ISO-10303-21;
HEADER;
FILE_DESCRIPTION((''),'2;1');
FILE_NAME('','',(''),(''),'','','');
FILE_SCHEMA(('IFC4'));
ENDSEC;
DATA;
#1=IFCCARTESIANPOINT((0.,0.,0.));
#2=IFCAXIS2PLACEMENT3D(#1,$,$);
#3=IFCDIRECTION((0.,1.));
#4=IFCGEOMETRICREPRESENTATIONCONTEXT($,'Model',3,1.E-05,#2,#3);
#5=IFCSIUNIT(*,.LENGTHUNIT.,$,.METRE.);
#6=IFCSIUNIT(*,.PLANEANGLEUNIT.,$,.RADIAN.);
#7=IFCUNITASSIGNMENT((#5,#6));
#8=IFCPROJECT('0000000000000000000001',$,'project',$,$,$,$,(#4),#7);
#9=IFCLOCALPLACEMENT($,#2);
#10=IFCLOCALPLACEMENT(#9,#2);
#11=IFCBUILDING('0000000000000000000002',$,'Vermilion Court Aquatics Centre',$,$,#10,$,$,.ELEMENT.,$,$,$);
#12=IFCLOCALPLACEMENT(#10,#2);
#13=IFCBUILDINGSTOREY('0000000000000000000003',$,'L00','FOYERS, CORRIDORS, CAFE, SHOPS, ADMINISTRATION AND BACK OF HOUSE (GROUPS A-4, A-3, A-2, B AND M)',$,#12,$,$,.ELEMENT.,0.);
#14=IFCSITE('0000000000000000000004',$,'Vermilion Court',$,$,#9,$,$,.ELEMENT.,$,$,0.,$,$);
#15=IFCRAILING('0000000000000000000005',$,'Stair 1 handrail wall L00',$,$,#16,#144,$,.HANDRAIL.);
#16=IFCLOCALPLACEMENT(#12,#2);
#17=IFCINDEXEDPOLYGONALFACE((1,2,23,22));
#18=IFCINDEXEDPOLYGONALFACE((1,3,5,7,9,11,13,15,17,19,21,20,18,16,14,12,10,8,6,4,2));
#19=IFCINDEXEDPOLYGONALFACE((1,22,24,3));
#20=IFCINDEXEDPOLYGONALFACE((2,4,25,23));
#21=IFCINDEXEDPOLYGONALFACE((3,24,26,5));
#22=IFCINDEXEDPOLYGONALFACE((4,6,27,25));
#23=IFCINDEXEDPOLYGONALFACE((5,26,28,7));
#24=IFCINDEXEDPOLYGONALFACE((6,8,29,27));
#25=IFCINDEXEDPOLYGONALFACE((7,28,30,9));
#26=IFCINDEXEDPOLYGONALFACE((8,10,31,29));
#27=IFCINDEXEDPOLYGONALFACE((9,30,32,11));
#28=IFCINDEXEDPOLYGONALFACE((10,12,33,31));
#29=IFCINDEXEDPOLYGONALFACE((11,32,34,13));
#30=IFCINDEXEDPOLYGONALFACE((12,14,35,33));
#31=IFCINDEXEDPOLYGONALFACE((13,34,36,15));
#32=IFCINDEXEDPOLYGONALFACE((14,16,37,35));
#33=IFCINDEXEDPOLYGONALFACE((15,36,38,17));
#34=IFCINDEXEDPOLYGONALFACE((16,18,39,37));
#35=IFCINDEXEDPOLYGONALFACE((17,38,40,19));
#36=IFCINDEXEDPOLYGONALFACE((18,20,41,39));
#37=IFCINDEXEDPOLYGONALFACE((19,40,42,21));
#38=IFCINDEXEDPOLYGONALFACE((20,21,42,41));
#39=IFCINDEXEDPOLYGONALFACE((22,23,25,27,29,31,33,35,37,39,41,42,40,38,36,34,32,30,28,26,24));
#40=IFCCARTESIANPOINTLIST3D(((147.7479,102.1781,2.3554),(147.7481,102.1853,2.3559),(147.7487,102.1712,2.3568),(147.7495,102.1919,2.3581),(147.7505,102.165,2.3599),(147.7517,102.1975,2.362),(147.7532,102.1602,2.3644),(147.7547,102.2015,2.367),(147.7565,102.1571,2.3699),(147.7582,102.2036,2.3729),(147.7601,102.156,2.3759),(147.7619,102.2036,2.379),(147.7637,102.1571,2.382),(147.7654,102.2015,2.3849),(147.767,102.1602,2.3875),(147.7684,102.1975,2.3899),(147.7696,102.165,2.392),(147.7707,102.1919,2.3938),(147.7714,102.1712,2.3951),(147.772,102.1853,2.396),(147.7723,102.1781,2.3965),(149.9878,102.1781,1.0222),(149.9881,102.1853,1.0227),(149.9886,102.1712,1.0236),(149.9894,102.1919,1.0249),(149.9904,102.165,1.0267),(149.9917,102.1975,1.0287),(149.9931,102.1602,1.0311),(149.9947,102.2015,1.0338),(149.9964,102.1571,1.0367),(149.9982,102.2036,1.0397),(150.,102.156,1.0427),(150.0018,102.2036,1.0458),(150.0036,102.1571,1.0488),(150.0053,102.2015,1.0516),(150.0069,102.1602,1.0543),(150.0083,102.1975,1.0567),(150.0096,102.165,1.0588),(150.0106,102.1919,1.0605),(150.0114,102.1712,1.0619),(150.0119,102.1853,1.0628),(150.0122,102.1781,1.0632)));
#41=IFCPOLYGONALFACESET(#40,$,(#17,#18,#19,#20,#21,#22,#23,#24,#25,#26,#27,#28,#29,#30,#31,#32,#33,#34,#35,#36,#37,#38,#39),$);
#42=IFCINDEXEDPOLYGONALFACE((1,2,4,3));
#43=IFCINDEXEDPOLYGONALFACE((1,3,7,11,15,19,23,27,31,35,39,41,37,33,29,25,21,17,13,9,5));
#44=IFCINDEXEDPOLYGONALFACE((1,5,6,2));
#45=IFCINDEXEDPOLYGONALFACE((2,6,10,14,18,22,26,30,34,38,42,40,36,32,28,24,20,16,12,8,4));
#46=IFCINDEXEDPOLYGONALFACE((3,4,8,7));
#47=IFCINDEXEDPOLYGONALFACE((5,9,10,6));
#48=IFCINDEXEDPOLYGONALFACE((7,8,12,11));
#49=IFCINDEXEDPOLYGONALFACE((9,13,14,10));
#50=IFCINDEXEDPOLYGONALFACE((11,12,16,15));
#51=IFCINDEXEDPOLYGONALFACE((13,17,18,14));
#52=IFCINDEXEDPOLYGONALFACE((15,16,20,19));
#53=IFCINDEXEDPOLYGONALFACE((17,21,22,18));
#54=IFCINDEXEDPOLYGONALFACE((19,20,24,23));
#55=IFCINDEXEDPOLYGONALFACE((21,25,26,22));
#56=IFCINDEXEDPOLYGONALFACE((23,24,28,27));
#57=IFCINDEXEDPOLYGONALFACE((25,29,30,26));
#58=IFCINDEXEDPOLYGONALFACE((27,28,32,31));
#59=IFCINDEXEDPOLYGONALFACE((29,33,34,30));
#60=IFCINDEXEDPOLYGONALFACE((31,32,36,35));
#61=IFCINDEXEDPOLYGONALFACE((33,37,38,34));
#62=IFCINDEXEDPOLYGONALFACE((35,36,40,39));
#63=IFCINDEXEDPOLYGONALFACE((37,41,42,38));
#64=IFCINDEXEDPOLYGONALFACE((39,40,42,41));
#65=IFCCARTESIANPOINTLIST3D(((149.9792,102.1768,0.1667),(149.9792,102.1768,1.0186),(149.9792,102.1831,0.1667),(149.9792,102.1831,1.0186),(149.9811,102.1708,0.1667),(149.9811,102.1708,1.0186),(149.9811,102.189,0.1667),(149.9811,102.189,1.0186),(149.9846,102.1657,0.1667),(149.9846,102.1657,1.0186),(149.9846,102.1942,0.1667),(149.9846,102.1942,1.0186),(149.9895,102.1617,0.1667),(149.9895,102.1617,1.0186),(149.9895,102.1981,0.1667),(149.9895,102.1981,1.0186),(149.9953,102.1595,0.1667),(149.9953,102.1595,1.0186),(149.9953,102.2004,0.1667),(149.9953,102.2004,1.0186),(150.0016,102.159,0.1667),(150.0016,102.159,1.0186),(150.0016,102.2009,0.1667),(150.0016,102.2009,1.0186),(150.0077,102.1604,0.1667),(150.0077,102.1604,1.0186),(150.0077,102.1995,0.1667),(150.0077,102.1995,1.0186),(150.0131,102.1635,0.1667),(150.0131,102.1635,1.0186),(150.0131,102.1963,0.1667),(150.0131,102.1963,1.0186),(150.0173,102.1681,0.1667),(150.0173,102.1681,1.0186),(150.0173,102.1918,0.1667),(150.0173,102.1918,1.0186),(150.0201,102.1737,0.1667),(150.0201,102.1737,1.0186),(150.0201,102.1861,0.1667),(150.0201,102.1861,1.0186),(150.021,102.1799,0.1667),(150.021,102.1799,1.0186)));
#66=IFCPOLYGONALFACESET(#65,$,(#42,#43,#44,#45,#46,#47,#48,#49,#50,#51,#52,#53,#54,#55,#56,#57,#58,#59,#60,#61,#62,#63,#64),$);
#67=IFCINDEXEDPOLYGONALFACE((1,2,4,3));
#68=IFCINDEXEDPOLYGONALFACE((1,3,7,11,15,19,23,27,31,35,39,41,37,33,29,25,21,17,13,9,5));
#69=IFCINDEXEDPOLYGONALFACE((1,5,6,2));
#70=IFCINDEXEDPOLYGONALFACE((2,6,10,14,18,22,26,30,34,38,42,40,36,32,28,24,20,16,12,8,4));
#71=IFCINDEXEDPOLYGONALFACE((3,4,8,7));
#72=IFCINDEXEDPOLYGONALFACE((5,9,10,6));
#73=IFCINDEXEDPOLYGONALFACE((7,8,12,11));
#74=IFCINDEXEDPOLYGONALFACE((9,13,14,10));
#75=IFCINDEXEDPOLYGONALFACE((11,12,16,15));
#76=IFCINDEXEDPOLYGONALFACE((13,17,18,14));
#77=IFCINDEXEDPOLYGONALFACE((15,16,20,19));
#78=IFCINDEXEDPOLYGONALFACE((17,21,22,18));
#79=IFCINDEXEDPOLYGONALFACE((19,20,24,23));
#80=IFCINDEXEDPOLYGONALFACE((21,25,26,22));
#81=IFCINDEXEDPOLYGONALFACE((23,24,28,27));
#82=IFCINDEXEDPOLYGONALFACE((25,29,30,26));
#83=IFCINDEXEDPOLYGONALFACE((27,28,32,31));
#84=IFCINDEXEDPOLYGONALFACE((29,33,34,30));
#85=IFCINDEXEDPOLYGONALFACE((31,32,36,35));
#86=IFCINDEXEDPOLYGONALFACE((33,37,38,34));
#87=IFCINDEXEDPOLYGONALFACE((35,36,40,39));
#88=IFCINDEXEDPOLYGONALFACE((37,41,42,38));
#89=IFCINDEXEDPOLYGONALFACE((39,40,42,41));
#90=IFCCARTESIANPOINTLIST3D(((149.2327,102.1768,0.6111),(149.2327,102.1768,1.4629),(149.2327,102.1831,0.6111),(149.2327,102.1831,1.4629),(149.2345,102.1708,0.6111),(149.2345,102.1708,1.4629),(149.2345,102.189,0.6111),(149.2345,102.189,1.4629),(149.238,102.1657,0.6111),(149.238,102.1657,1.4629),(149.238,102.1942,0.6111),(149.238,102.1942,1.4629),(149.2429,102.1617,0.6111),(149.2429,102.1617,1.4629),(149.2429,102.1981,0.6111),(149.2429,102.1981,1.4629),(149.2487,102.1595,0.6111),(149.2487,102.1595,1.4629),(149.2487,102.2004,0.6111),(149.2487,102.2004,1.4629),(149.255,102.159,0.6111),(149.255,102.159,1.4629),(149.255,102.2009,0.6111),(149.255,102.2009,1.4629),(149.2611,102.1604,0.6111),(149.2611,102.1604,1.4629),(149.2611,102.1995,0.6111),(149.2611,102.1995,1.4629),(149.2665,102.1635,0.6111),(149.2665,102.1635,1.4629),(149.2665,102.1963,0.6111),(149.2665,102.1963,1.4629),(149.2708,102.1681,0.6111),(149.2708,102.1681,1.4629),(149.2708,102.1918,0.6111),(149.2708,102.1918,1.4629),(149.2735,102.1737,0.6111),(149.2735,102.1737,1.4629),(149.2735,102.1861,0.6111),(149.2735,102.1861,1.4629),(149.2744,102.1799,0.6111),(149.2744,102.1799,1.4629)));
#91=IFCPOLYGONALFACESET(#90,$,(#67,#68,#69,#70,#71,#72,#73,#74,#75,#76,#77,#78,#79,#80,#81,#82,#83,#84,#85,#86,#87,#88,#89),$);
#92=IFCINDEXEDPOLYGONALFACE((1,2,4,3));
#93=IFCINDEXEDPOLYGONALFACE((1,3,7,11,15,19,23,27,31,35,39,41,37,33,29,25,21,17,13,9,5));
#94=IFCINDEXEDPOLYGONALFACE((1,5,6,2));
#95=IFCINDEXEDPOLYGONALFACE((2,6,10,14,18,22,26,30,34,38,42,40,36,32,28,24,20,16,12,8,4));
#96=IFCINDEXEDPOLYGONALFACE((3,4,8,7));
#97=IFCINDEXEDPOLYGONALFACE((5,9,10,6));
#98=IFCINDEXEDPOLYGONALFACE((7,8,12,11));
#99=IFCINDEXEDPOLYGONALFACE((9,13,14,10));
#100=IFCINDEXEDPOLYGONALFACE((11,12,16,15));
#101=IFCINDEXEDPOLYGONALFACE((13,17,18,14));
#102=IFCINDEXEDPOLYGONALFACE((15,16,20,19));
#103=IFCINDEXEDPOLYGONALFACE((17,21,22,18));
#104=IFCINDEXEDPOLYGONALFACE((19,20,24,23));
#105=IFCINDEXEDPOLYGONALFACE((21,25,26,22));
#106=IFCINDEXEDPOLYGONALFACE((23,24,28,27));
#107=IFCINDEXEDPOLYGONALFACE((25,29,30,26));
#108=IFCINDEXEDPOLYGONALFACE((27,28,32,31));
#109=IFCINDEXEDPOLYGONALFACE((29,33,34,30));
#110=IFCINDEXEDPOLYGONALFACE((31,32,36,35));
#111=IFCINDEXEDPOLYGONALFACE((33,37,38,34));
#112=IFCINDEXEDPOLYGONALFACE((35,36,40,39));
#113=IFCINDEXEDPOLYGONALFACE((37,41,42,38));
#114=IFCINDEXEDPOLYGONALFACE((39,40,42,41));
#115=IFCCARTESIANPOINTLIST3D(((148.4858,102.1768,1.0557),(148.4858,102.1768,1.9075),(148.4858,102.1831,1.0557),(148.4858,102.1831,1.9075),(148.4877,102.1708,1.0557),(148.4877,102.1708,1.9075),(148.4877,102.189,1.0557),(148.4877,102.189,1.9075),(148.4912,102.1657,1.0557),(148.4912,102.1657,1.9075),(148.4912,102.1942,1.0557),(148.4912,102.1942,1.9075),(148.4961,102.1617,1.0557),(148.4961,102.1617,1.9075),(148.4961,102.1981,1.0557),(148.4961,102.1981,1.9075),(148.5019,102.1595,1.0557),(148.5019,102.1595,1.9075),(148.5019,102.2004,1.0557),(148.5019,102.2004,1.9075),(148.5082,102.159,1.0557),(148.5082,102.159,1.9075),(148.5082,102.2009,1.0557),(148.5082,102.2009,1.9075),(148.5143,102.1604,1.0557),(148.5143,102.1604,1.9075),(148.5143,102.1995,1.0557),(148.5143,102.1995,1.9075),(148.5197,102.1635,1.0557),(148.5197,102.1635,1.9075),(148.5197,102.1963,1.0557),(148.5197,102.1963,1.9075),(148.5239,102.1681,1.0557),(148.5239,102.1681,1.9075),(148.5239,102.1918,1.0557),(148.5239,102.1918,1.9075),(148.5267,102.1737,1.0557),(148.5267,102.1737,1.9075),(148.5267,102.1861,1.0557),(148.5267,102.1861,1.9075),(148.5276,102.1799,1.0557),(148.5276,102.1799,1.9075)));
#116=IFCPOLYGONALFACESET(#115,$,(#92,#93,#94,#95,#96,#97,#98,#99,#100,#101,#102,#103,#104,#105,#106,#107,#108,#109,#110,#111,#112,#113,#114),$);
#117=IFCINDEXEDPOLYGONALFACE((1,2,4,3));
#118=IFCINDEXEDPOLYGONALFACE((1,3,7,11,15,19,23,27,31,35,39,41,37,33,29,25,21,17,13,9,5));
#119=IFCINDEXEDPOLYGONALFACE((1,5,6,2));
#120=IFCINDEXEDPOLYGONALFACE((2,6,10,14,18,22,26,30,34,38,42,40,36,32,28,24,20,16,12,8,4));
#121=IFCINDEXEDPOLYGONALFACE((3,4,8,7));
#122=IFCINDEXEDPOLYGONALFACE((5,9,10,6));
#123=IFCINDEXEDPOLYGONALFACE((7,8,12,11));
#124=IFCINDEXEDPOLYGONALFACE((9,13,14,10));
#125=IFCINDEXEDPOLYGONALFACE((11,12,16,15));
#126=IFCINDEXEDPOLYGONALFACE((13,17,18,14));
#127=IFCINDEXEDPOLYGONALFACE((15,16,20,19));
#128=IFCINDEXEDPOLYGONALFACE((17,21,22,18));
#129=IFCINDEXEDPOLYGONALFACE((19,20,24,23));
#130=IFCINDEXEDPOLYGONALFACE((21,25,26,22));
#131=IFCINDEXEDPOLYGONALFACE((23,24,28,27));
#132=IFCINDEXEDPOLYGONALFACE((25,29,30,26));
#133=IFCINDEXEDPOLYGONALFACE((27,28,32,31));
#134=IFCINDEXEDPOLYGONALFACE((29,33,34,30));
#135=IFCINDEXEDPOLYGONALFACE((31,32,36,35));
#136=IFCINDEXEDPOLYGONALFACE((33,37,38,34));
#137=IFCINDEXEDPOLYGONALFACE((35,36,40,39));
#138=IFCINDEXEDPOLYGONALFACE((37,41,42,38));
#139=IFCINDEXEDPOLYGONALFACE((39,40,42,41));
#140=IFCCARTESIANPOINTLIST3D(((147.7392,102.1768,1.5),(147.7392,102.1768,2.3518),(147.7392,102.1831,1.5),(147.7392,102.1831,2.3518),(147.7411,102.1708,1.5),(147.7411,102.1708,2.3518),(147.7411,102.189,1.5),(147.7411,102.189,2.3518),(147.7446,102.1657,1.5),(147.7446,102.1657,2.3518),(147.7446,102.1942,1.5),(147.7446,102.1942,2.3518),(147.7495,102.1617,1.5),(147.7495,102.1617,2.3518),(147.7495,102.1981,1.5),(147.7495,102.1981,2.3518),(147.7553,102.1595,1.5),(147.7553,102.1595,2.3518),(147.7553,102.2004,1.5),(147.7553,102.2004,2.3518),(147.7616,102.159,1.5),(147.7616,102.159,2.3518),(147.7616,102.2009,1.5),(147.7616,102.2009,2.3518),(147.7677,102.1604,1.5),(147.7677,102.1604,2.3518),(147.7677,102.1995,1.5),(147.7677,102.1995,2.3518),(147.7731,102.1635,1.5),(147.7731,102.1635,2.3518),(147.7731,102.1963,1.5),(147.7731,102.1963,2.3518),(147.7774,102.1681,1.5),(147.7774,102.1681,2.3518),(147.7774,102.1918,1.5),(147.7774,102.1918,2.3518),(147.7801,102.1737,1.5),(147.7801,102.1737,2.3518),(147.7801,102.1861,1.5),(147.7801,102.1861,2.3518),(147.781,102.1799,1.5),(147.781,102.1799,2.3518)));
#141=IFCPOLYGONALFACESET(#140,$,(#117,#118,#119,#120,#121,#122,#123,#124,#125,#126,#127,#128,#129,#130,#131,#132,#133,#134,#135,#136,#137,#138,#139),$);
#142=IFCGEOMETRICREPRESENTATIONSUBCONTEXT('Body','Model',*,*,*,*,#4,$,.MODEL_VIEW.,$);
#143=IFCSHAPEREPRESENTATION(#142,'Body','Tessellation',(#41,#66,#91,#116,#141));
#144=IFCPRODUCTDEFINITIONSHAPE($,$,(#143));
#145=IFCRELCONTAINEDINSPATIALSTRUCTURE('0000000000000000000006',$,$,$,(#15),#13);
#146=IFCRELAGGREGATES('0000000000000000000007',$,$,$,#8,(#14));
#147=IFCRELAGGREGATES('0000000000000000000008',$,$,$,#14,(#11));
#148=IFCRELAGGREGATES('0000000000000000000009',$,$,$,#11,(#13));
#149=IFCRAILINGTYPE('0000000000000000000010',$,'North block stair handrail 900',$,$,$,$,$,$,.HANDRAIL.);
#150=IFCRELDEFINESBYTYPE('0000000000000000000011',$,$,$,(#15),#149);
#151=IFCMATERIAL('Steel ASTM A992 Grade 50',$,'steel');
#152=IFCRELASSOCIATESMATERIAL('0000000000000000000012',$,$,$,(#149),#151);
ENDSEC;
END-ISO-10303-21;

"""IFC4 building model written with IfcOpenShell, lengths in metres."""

from ifc_helpers import new_model, si_unit, direction, frame, origin, origin_2d, place, context, subcontext, project, spatial, circle, extrude, material, type_object, element, save


model = new_model("IFC4")

# Units and contexts
model_context = context("Model", 3, precision=1e-05, world=origin(), true_north=direction((0.0, 1.0)))
body_context = subcontext(model_context, "Body", "Model", "MODEL_VIEW")
ifc_project = project(units=[si_unit("LENGTHUNIT", "METRE"), si_unit("PLANEANGLEUNIT", "RADIAN")], contexts=[model_context])

# Site, building, storey
site_placement = place(None, origin())
site = spatial("IfcSite", under=ifc_project, at=site_placement, Name="Vermilion Court", CompositionType="ELEMENT", RefElevation=0.0)
building_placement = place(site_placement, origin())
building = spatial("IfcBuilding", under=site, at=building_placement, Name="Vermilion Court Aquatics Centre", CompositionType="ELEMENT")
storey_placement = place(building_placement, origin())
storey = spatial("IfcBuildingStorey", under=building, at=storey_placement, Name="L00", Description="FOYERS, CORRIDORS, CAFE, SHOPS, ADMINISTRATION AND BACK OF HOUSE (GROUPS A-4, A-3, A-2, B AND M)", CompositionType="ELEMENT", Elevation=0.0)

# Railing
ifc_material_1 = material(Name="Steel ASTM A992 Grade 50", Category="steel")
railing_type_1 = type_object("IfcRailingType", Name="North block stair handrail 900", PredefinedType="HANDRAIL", material=ifc_material_1)
for number, where, name in (
    (1, (150.0, 102.1799, 0.1667), "Stair 1 handrail wall L00"),
):
    element("IfcRailing", number, at=place(storey_placement, frame(where)), inside=storey, type_object=railing_type_1, Name=name, PredefinedType="HANDRAIL", context=body_context, shape_type="SweptSolid", body=[
        extrude(circle(Radius=0.0239, at=origin_2d()), frame((0.0, 0.0, 0.876), z_axis=(-0.859306, 0.0, 0.511462), x_axis=(0.0, -1.0, 0.0)), (0.0, 0.0, 1.0), 2.6067),
        extrude(circle(Radius=0.021, at=origin_2d()), origin(), (0.0, 0.0, 1.0), 0.8518),
        extrude(circle(Radius=0.021, at=origin_2d()), frame((-0.7466, 0.0, 0.4443)), (0.0, 0.0, 1.0), 0.8518),
        extrude(circle(Radius=0.021, at=origin_2d()), frame((-1.4934, 0.0, 0.8889)), (0.0, 0.0, 1.0), 0.8518),
        extrude(circle(Radius=0.021, at=origin_2d()), frame((-2.24, 0.0, 1.3333)), (0.0, 0.0, 1.0), 0.8518),
    ])

save(model, "model.ifc")
